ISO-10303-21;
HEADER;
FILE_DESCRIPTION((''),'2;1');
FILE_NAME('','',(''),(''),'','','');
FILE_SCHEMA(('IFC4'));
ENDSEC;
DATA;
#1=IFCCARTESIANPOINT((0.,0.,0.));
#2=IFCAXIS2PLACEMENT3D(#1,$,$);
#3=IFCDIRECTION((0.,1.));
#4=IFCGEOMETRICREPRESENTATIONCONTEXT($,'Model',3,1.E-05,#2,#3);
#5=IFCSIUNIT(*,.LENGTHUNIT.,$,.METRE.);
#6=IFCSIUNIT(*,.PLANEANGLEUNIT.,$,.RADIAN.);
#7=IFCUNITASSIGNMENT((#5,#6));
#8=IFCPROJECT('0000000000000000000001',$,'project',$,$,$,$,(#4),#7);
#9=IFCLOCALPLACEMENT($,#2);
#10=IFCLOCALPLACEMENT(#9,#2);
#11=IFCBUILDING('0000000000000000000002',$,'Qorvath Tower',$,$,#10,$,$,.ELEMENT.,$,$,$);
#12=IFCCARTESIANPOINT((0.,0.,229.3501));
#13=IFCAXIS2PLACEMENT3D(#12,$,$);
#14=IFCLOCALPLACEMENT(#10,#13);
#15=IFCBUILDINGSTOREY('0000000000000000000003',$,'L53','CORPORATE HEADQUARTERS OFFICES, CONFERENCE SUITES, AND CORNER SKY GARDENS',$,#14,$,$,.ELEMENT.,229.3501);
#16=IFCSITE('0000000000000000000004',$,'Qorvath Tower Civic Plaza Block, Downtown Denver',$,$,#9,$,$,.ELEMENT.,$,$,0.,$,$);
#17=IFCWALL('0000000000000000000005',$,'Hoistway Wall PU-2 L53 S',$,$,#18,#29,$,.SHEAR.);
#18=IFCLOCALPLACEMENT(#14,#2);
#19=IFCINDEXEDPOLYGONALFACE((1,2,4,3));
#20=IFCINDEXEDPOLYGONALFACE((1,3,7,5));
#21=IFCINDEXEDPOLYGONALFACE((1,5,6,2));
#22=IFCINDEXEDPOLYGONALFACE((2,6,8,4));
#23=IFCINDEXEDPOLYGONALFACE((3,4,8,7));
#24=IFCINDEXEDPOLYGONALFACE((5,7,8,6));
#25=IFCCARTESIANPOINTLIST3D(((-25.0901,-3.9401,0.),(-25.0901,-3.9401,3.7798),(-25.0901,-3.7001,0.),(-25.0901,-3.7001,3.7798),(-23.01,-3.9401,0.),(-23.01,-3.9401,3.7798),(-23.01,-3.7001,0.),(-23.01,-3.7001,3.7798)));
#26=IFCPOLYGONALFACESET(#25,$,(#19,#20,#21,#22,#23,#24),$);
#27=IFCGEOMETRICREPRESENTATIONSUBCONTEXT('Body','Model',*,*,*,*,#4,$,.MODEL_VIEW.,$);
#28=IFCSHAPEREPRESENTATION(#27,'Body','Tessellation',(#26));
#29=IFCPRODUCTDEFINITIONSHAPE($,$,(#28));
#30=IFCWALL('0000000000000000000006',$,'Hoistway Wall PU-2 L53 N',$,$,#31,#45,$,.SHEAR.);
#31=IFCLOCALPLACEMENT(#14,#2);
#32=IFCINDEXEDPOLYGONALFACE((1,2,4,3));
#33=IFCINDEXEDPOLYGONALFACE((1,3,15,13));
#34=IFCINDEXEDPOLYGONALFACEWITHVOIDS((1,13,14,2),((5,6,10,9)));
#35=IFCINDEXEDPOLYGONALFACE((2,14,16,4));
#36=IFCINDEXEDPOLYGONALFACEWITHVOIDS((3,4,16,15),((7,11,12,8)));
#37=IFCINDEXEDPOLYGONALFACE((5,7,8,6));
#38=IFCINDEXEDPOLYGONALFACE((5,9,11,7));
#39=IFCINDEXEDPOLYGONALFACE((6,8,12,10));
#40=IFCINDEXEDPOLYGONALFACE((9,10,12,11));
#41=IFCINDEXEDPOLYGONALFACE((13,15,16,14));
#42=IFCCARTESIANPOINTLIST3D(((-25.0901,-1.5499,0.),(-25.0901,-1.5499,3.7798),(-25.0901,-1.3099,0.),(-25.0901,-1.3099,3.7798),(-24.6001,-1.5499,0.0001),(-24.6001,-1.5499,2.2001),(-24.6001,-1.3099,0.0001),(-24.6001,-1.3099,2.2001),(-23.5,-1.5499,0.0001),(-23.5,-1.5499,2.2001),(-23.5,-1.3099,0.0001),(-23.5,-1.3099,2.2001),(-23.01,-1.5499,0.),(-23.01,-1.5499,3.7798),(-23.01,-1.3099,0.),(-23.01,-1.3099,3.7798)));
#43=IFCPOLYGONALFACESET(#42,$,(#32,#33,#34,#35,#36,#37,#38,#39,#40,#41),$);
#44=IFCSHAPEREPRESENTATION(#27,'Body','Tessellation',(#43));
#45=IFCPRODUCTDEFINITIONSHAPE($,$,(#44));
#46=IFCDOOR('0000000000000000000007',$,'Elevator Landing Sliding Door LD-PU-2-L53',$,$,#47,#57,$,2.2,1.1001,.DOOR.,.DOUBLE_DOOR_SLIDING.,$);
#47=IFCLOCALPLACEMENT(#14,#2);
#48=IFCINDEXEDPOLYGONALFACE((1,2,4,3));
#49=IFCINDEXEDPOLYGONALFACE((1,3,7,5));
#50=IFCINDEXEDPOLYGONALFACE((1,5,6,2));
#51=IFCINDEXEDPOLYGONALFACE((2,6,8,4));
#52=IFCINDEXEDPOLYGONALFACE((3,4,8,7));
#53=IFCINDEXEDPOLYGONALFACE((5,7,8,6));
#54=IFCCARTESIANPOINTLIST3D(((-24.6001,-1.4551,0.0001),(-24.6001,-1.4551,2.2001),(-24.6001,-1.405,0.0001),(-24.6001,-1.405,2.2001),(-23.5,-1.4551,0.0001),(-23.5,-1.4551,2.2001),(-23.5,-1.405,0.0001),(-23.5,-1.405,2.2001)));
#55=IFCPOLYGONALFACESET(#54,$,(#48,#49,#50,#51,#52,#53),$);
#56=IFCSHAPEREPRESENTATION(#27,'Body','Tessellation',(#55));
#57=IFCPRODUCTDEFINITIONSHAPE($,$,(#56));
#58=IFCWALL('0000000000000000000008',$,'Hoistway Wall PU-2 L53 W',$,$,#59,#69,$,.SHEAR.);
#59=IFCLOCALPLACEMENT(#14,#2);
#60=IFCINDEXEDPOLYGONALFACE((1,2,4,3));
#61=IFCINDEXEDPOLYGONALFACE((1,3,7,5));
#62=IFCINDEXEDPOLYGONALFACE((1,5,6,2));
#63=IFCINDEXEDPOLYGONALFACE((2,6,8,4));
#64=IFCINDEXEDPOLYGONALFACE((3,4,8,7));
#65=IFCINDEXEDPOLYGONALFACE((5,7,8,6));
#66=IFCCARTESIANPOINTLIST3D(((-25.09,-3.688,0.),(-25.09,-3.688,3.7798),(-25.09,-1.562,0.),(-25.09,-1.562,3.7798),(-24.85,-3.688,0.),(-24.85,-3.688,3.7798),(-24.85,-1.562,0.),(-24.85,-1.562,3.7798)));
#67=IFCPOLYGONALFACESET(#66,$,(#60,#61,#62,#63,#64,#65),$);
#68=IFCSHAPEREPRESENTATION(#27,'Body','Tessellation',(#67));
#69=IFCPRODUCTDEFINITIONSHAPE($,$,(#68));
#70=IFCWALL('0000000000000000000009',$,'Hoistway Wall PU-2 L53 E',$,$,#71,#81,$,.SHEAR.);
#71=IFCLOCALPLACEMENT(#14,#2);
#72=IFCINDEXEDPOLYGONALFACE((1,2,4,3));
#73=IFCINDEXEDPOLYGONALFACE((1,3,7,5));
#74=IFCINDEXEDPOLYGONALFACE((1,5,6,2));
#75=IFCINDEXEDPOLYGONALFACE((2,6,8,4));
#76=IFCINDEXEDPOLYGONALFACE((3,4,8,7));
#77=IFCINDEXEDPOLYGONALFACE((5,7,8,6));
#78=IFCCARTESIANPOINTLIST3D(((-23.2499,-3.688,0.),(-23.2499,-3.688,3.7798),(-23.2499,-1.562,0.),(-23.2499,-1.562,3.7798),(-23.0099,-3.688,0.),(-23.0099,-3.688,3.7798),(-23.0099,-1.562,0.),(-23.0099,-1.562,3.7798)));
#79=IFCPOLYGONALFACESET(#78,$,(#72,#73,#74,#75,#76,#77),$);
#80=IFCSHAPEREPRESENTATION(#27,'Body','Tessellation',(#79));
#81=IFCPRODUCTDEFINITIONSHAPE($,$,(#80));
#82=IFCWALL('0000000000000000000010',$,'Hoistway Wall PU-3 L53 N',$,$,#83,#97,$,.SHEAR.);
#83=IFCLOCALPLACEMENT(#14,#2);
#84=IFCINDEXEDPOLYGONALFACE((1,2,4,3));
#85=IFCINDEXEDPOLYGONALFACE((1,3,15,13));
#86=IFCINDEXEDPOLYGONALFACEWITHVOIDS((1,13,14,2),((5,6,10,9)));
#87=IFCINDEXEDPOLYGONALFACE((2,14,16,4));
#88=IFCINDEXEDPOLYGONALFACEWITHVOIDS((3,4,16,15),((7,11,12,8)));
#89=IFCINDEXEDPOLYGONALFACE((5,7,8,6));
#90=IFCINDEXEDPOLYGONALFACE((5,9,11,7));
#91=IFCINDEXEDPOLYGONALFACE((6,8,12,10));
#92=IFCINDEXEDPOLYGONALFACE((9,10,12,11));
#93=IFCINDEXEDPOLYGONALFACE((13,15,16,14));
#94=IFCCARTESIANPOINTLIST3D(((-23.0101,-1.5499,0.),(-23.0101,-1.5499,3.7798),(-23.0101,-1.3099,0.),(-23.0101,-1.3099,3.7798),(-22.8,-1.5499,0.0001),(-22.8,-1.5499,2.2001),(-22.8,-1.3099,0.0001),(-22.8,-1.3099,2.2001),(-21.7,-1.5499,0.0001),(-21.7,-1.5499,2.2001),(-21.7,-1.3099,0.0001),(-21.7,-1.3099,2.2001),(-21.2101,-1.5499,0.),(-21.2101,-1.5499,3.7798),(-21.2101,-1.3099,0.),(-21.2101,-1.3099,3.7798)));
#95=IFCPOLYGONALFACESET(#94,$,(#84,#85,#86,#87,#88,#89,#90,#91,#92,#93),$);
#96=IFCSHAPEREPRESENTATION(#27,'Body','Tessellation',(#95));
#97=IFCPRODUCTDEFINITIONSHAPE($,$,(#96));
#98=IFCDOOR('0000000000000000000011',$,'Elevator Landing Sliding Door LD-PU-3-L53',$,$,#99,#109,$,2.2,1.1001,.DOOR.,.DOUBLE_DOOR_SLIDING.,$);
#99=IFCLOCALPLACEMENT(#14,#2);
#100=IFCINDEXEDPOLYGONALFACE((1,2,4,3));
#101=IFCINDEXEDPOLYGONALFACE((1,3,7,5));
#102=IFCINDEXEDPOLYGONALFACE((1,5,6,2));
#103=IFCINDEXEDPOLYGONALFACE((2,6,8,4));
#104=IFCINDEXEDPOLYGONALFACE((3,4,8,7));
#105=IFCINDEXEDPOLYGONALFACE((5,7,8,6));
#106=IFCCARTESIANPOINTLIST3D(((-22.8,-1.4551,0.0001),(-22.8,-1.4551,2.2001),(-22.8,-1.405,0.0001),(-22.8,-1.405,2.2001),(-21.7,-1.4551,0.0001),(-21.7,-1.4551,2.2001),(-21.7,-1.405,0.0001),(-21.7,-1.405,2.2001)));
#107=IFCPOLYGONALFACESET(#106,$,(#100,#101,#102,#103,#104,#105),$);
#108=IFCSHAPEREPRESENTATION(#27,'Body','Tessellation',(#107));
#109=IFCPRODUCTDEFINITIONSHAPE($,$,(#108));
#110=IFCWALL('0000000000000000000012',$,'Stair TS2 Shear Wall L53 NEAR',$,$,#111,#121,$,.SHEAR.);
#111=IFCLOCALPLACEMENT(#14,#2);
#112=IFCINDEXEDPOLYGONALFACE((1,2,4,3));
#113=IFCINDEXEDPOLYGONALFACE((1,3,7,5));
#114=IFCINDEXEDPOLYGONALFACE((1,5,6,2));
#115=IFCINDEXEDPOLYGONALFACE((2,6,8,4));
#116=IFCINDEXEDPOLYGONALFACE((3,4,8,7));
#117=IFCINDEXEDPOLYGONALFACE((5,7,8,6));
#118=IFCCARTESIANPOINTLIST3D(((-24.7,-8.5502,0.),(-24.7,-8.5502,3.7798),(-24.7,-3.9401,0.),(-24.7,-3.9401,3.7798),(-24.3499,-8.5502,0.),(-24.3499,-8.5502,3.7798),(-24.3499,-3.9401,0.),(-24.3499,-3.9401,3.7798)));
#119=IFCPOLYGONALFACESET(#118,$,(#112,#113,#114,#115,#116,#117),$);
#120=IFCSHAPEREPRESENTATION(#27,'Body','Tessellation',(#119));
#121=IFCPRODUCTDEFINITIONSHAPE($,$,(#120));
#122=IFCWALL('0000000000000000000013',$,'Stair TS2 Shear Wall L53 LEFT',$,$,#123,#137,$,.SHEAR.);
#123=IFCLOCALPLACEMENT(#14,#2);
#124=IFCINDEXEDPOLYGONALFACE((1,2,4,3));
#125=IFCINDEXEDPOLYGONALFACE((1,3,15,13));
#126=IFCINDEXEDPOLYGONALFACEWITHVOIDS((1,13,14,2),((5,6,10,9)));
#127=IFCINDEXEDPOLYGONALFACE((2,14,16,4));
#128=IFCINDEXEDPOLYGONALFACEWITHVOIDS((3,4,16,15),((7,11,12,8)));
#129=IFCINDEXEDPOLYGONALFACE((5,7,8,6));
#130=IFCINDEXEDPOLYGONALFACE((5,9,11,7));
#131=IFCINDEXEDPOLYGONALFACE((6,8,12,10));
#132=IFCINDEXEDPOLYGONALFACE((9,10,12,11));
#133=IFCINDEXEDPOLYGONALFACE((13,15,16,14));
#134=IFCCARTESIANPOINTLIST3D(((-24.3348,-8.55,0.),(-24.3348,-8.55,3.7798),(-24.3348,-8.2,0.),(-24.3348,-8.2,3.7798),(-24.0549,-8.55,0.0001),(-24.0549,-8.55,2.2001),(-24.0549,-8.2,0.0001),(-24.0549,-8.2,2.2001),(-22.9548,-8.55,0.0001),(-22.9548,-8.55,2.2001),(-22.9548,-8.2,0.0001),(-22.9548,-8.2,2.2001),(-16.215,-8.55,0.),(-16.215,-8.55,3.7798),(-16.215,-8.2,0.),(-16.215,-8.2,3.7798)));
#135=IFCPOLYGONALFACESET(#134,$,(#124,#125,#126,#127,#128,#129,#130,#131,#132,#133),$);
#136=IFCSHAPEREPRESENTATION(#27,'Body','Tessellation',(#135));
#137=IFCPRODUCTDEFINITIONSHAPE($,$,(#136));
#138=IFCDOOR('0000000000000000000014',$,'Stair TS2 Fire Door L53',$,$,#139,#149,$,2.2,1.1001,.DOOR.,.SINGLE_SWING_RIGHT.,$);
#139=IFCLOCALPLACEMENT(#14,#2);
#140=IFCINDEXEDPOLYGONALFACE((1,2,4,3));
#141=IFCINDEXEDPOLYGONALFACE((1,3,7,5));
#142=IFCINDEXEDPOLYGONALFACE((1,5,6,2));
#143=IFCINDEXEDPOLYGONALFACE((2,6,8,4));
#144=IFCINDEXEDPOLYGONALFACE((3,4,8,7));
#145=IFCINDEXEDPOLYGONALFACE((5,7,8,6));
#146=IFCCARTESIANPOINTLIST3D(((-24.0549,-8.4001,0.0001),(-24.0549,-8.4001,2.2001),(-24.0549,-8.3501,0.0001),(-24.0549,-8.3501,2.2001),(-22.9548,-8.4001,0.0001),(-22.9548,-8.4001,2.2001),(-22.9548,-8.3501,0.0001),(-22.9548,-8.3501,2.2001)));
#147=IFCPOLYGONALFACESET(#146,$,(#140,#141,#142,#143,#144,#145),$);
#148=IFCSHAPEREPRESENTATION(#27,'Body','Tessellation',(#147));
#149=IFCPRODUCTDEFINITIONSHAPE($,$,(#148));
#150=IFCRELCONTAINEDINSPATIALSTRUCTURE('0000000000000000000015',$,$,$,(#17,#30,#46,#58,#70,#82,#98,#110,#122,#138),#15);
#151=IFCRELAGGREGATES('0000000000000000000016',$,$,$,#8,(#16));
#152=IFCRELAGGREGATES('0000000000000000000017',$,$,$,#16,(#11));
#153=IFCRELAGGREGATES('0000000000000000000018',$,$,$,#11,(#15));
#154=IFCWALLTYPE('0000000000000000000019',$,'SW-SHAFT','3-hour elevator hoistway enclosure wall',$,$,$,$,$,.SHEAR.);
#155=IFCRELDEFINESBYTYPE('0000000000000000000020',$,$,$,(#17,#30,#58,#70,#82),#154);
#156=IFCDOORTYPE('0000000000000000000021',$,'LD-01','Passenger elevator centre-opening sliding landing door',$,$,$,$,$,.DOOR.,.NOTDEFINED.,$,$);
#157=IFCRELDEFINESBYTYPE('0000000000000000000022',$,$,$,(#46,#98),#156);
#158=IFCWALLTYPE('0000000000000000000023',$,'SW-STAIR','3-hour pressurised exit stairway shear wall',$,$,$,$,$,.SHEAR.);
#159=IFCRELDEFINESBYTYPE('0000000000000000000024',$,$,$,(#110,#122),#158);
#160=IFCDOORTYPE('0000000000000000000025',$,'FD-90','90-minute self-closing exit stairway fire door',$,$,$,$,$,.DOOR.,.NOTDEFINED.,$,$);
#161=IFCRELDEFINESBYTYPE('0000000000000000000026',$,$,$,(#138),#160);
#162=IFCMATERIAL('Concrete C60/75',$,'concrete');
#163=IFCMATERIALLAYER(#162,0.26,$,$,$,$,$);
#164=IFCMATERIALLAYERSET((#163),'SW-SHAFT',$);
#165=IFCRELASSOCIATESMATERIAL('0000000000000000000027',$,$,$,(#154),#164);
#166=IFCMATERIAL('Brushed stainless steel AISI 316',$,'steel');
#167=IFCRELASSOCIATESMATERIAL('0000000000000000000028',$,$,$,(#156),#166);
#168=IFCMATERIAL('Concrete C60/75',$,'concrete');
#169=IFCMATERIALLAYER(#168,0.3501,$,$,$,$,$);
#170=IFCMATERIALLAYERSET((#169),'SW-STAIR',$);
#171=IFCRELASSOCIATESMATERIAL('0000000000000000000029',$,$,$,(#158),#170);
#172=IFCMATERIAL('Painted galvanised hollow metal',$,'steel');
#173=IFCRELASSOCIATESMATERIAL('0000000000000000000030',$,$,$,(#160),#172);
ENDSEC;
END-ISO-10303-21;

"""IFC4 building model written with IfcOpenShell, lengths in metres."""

from ifc_helpers import new_model, si_unit, direction, frame, frame_2d, origin, place, context, subcontext, project, spatial, rectangle, extrude, material, layer, layer_set, type_object, element, fill, save


model = new_model("IFC4")

# Units and contexts
model_context = context("Model", 3, precision=1e-05, world=origin(), true_north=direction((0.0, 1.0)))
body_context = subcontext(model_context, "Body", "Model", "MODEL_VIEW")
ifc_project = project(units=[si_unit("LENGTHUNIT", "METRE"), si_unit("PLANEANGLEUNIT", "RADIAN")], contexts=[model_context])

# Site, building, storey
site_placement = place(None, origin())
site = spatial("IfcSite", under=ifc_project, at=site_placement, Name="Qorvath Tower Civic Plaza Block, Downtown Denver", CompositionType="ELEMENT", RefElevation=0.0)
building_placement = place(site_placement, origin())
building = spatial("IfcBuilding", under=site, at=building_placement, Name="Qorvath Tower", CompositionType="ELEMENT")
storey_placement = place(building_placement, frame((0.0, 0.0, 229.3501)))
storey = spatial("IfcBuildingStorey", under=building, at=storey_placement, Name="L53", Description="CORPORATE HEADQUARTERS OFFICES, CONFERENCE SUITES, AND CORNER SKY GARDENS", CompositionType="ELEMENT", Elevation=229.3501)

# Shared definitions
ifc_material_1 = material(Name="Concrete C60/75", Category="concrete")
ifc_layer_1 = layer(ifc_material_1, 0.26)
ifc_layer_set_1 = layer_set([ifc_layer_1], Name="SW-SHAFT")
wall_type_1 = type_object("IfcWallType", Name="SW-SHAFT", Description="3-hour elevator hoistway enclosure wall", PredefinedType="SHEAR", material=ifc_layer_set_1)

# Wall
wall_1_placement = place(storey_placement, frame((-23.01, -3.8201, 0.0), z_axis=(0.0, 0.0, 1.0), x_axis=(-1.0, 0.0, 0.0)))
element("IfcWall", 1, at=wall_1_placement, inside=storey, type_object=wall_type_1, Name="Hoistway Wall PU-2 L53 S", PredefinedType="SHEAR", context=body_context, shape_type="SweptSolid", body=[
    extrude(rectangle(XDim=2.0801, YDim=0.24, at=frame_2d((1.04, 0.0))), origin(), (0.0, 0.0, 1.0), 3.7798),
])

# Wall, opening, door
wall_2_placement = place(storey_placement, frame((-25.0901, -1.4299, 0.0), z_axis=(0.0, 0.0, 1.0), x_axis=(1.0, 0.0, 0.0)))
wall_2 = element("IfcWall", 2, at=wall_2_placement, inside=storey, type_object=wall_type_1, Name="Hoistway Wall PU-2 L53 N", PredefinedType="SHEAR", context=body_context, shape_type="SweptSolid", body=[
    extrude(rectangle(XDim=2.0801, YDim=0.24, at=frame_2d((1.04, 0.0))), origin(), (0.0, 0.0, 1.0), 3.7798),
])
opening_1_placement = place(wall_2_placement, frame((0.49, 0.0, 0.0)))
opening_1 = element("IfcOpeningElement", 3, at=opening_1_placement, cuts=wall_2, PredefinedType="OPENING", context=body_context, shape_type="SweptSolid", body=[
    extrude(rectangle(XDim=1.1001, YDim=2.2, at=frame_2d((0.55, 1.1001))), frame((0.0, 0.1299, 0.0), z_axis=(0.0, -1.0, 0.0), x_axis=(1.0, 0.0, 0.0)), (0.0, 0.0, 1.0), 0.26),
])
ifc_material_2 = material(Name="Brushed stainless steel AISI 316", Category="steel")
door_type_1 = type_object("IfcDoorType", Name="LD-01", Description="Passenger elevator centre-opening sliding landing door", OperationType="NOTDEFINED", PredefinedType="DOOR", material=ifc_material_2)
door_1_placement = place(opening_1_placement, origin())
door_1 = element("IfcDoor", 4, at=door_1_placement, inside=storey, type_object=door_type_1, Name="Elevator Landing Sliding Door LD-PU-2-L53", OperationType="DOUBLE_DOOR_SLIDING", OverallHeight=2.2, OverallWidth=1.1001, PredefinedType="DOOR", context=body_context, shape_type="SweptSolid", body=[
    extrude(rectangle(XDim=1.1001, YDim=2.2, at=frame_2d((0.55, 1.1001))), frame((0.0, 0.0249, 0.0), z_axis=(0.0, -1.0, 0.0), x_axis=(1.0, 0.0, 0.0)), (0.0, 0.0, 1.0), 0.05),
])
fill(opening_1, door_1)

# Walls
for number, where, z_axis, x_axis, name in (
    (5, (-24.97, -3.688, 0.0), (0.0, 0.0, 1.0), (0.0, 1.0, 0.0), "Hoistway Wall PU-2 L53 W"),
    (6, (-23.1299, -1.562, 0.0), (0.0, 0.0, 1.0), (0.0, -1.0, 0.0), "Hoistway Wall PU-2 L53 E"),
):
    element("IfcWall", number, at=place(storey_placement, frame(where, z_axis=z_axis, x_axis=x_axis)), inside=storey, type_object=wall_type_1, Name=name, PredefinedType="SHEAR", context=body_context, shape_type="SweptSolid", body=[
        extrude(rectangle(XDim=2.126, YDim=0.24, at=frame_2d((1.063, 0.0))), origin(), (0.0, 0.0, 1.0), 3.7798),
    ])

# Wall, opening, door
wall_3_placement = place(storey_placement, frame((-23.01, -1.4299, 0.0), z_axis=(0.0, 0.0, 1.0), x_axis=(1.0, 0.0, 0.0)))
wall_3 = element("IfcWall", 7, at=wall_3_placement, inside=storey, type_object=wall_type_1, Name="Hoistway Wall PU-3 L53 N", PredefinedType="SHEAR", context=body_context, shape_type="SweptSolid", body=[
    extrude(rectangle(XDim=1.8, YDim=0.24, at=frame_2d((0.8999, 0.0))), origin(), (0.0, 0.0, 1.0), 3.7798),
])
opening_2_placement = place(wall_3_placement, frame((0.21, 0.0, 0.0)))
opening_2 = element("IfcOpeningElement", 8, at=opening_2_placement, cuts=wall_3, PredefinedType="OPENING", context=body_context, shape_type="SweptSolid", body=[
    extrude(rectangle(XDim=1.1001, YDim=2.2, at=frame_2d((0.55, 1.1001))), frame((0.0, 0.1299, 0.0), z_axis=(0.0, -1.0, 0.0), x_axis=(1.0, 0.0, 0.0)), (0.0, 0.0, 1.0), 0.26),
])
door_2_placement = place(opening_2_placement, origin())
door_2 = element("IfcDoor", 9, at=door_2_placement, inside=storey, type_object=door_type_1, Name="Elevator Landing Sliding Door LD-PU-3-L53", OperationType="DOUBLE_DOOR_SLIDING", OverallHeight=2.2, OverallWidth=1.1001, PredefinedType="DOOR", context=body_context, shape_type="SweptSolid", body=[
    extrude(rectangle(XDim=1.1001, YDim=2.2, at=frame_2d((0.55, 1.1001))), frame((0.0, 0.0249, 0.0), z_axis=(0.0, -1.0, 0.0), x_axis=(1.0, 0.0, 0.0)), (0.0, 0.0, 1.0), 0.05),
])
fill(opening_2, door_2)

# Wall
ifc_material_3 = material(Name="Concrete C60/75", Category="concrete")
ifc_layer_2 = layer(ifc_material_3, 0.3501)
ifc_layer_set_2 = layer_set([ifc_layer_2], Name="SW-STAIR")
wall_type_2 = type_object("IfcWallType", Name="SW-STAIR", Description="3-hour pressurised exit stairway shear wall", PredefinedType="SHEAR", material=ifc_layer_set_2)
wall_4_placement = place(storey_placement, frame((-24.5249, -3.9399, 0.0), z_axis=(0.0, 0.0, 1.0), x_axis=(0.0, -1.0, 0.0)))
element("IfcWall", 10, at=wall_4_placement, inside=storey, type_object=wall_type_2, Name="Stair TS2 Shear Wall L53 NEAR", PredefinedType="SHEAR", context=body_context, shape_type="SweptSolid", body=[
    extrude(rectangle(XDim=4.6101, YDim=0.3501, at=frame_2d((2.3052, 0.0))), origin(), (0.0, 0.0, 1.0), 3.7798),
])

# Wall, opening, door
wall_5_placement = place(storey_placement, frame((-24.335, -8.375, 0.0), z_axis=(0.0, 0.0, 1.0), x_axis=(1.0, 0.0, 0.0)))
wall_5 = element("IfcWall", 11, at=wall_5_placement, inside=storey, type_object=wall_type_2, Name="Stair TS2 Shear Wall L53 LEFT", PredefinedType="SHEAR", context=body_context, shape_type="SweptSolid", body=[
    extrude(rectangle(XDim=8.1199, YDim=0.3501, at=frame_2d((4.0601, 0.0))), origin(), (0.0, 0.0, 1.0), 3.7798),
])
opening_3_placement = place(wall_5_placement, frame((0.28, 0.0, 0.0)))
opening_3 = element("IfcOpeningElement", 12, at=opening_3_placement, cuts=wall_5, PredefinedType="OPENING", context=body_context, shape_type="SweptSolid", body=[
    extrude(rectangle(XDim=1.1001, YDim=2.2, at=frame_2d((0.55, 1.1001))), frame((0.0, 0.1851, 0.0), z_axis=(0.0, -1.0, 0.0), x_axis=(1.0, 0.0, 0.0)), (0.0, 0.0, 1.0), 0.3701),
])
ifc_material_4 = material(Name="Painted galvanised hollow metal", Category="steel")
door_type_2 = type_object("IfcDoorType", Name="FD-90", Description="90-minute self-closing exit stairway fire door", OperationType="NOTDEFINED", PredefinedType="DOOR", material=ifc_material_4)
door_3_placement = place(opening_3_placement, origin())
door_3 = element("IfcDoor", 13, at=door_3_placement, inside=storey, type_object=door_type_2, Name="Stair TS2 Fire Door L53", OperationType="SINGLE_SWING_RIGHT", OverallHeight=2.2, OverallWidth=1.1001, PredefinedType="DOOR", context=body_context, shape_type="SweptSolid", body=[
    extrude(rectangle(XDim=1.1001, YDim=2.2, at=frame_2d((0.55, 1.1001))), frame((0.0, 0.0249, 0.0), z_axis=(0.0, -1.0, 0.0), x_axis=(1.0, 0.0, 0.0)), (0.0, 0.0, 1.0), 0.05),
])
fill(opening_3, door_3)

save(model, "model.ifc")
